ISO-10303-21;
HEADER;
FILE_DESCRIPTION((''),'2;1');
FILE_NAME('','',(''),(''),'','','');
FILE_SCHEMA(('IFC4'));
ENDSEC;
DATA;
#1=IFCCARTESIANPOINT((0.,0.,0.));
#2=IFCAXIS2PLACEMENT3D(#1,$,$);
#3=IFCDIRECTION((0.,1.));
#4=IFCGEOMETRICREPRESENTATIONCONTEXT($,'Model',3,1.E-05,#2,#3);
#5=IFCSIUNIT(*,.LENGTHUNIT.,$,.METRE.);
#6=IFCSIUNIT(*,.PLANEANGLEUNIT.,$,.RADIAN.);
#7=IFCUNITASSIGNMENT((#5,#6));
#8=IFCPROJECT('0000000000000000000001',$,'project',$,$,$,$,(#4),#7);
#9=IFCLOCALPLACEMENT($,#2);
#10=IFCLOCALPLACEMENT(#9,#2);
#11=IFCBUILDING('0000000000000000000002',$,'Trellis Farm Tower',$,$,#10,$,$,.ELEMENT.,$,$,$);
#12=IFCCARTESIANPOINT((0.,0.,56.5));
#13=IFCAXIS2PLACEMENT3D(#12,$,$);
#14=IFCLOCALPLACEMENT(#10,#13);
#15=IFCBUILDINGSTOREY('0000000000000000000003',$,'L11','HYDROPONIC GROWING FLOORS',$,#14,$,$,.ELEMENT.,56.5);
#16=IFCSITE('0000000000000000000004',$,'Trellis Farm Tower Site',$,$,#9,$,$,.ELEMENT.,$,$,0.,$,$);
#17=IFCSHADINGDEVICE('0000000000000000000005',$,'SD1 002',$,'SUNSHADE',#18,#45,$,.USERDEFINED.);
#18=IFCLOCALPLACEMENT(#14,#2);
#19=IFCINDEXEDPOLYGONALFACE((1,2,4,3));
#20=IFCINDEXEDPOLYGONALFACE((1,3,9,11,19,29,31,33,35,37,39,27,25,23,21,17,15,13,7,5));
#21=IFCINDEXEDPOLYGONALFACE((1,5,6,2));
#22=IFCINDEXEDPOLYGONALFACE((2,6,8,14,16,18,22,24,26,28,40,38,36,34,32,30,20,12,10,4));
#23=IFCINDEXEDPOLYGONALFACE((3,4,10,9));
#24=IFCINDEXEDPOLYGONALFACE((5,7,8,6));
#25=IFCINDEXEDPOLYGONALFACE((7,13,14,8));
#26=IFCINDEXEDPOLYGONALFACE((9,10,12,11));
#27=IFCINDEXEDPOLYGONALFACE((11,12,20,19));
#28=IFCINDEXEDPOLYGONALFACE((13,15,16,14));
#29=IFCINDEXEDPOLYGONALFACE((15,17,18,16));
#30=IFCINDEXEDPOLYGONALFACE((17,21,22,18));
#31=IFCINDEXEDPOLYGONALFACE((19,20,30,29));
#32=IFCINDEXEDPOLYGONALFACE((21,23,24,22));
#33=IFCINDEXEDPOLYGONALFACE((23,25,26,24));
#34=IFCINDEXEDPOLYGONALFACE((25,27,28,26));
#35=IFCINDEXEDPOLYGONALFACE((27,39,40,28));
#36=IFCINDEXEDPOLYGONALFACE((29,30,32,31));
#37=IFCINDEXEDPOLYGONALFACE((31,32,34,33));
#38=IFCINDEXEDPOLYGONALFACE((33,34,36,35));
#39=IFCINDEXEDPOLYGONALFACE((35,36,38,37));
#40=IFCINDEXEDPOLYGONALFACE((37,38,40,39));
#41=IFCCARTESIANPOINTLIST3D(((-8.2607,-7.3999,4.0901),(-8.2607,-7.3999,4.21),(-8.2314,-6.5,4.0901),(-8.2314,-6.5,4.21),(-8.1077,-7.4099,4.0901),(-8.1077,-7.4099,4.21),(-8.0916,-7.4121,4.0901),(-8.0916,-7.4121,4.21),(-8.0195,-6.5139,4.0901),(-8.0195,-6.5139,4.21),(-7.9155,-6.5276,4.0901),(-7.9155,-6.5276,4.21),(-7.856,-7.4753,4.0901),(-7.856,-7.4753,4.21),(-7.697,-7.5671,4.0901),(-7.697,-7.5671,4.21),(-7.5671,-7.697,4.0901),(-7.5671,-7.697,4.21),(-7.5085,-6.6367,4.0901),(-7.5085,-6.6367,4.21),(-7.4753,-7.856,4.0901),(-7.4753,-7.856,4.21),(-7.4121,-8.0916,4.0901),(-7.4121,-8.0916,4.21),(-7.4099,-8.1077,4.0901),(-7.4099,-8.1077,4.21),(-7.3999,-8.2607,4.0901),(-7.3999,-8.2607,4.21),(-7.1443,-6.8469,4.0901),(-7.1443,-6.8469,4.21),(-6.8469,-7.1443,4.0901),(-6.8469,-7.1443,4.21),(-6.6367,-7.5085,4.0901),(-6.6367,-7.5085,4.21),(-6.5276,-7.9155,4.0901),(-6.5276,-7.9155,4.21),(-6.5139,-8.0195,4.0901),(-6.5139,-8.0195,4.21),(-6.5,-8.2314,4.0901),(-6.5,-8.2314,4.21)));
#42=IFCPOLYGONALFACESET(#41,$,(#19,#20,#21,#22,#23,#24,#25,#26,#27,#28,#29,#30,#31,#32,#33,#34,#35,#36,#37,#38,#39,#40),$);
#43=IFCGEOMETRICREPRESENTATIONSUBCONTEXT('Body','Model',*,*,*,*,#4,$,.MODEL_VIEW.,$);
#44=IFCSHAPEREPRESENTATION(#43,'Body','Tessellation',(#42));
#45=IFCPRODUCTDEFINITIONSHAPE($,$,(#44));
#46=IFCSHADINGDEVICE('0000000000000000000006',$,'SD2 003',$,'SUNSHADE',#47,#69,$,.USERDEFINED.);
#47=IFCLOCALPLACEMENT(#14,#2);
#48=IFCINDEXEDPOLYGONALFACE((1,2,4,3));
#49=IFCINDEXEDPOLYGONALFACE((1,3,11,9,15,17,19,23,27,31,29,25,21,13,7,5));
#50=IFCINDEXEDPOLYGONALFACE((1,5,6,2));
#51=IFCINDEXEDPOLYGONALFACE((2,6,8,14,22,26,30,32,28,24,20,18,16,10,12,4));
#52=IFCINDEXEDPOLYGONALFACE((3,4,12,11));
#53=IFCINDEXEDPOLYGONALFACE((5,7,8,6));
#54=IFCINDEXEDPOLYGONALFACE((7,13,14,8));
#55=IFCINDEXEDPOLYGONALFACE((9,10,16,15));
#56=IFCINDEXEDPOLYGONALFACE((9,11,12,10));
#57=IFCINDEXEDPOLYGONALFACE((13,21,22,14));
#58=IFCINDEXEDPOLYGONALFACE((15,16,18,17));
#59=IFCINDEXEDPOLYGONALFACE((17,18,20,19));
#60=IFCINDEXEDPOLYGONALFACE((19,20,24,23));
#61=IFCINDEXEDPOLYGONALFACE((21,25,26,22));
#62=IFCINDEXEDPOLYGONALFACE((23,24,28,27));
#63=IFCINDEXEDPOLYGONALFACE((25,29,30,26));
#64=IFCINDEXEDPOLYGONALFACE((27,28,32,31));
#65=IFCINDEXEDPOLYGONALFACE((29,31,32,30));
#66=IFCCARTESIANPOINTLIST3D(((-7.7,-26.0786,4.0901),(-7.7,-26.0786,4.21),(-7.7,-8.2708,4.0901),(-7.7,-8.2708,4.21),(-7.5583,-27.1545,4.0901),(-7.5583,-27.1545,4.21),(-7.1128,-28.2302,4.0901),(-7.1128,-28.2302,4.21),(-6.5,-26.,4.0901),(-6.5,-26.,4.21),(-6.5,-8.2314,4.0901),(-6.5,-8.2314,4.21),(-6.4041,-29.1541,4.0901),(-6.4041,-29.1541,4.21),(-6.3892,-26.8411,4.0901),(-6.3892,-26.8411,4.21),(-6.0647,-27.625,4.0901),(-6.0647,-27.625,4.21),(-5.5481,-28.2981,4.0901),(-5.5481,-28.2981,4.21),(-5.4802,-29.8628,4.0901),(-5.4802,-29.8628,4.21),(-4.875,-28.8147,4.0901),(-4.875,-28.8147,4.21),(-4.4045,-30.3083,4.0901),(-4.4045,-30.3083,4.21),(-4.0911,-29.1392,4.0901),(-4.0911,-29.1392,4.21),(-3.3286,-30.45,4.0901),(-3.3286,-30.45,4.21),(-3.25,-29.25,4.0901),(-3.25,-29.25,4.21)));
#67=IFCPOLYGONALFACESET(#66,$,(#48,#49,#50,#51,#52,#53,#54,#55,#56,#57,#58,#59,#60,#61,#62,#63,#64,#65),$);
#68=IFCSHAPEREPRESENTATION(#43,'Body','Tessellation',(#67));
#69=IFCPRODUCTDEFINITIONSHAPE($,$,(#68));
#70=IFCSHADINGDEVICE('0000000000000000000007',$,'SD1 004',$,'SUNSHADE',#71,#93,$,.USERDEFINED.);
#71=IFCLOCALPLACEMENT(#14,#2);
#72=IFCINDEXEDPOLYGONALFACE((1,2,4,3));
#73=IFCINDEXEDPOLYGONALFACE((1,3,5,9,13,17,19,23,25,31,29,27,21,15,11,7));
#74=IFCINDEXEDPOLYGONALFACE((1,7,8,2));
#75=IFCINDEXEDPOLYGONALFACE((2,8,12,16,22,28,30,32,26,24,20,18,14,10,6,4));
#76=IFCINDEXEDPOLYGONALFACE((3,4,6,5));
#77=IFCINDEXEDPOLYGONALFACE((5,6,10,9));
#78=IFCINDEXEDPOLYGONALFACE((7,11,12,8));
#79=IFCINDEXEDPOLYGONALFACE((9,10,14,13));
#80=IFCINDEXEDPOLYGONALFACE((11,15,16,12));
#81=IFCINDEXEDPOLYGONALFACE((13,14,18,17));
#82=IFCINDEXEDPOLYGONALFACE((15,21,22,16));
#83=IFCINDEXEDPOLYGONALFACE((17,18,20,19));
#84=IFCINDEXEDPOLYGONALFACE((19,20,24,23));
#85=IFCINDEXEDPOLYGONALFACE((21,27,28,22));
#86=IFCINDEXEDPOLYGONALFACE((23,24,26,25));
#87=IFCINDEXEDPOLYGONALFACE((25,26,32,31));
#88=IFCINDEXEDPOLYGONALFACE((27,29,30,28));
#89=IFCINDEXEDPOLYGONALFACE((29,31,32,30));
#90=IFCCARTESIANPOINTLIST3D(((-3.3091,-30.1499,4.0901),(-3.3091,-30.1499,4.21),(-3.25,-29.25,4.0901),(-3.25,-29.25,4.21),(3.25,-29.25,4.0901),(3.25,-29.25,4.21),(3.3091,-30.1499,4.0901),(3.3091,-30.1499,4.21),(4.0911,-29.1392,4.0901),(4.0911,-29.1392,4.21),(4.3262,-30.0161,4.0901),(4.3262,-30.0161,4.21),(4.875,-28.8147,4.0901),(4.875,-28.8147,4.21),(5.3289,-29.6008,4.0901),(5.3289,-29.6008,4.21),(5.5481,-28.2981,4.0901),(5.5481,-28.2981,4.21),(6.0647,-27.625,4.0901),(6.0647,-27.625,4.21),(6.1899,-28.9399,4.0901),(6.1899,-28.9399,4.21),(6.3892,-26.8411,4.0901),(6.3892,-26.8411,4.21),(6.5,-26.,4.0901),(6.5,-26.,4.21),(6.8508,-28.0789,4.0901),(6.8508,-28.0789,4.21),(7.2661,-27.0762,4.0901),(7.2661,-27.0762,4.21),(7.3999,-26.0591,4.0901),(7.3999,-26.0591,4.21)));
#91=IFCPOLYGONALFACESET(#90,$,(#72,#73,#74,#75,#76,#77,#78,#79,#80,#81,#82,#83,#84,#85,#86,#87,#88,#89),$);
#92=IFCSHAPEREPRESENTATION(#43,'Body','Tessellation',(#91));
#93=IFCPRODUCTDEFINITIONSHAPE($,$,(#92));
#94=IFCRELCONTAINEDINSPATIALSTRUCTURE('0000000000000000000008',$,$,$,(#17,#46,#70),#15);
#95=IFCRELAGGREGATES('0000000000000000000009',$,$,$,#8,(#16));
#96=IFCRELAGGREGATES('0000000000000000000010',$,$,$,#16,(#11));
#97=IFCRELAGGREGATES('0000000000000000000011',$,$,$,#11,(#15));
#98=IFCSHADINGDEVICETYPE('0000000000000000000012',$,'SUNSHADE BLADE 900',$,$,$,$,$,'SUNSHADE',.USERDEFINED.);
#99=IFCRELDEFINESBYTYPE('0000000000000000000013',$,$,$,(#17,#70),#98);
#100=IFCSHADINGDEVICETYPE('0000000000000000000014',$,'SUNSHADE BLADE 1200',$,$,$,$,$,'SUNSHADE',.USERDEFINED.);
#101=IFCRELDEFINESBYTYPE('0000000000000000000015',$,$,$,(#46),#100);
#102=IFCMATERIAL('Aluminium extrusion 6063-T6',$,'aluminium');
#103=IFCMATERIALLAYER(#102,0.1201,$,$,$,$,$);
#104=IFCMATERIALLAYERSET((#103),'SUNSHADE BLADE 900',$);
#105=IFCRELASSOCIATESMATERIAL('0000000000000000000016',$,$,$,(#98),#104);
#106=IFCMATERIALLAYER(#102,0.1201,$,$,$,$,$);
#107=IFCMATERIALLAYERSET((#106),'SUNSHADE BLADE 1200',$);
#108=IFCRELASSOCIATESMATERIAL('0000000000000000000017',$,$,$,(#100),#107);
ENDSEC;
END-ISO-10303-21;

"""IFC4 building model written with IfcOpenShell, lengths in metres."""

from ifc_helpers import new_model, si_unit, direction, frame, origin, place, context, subcontext, project, spatial, polyline, outline, extrude, source, transform, mapped, material, layer, layer_set, type_object, element, save


model = new_model("IFC4")

# Units and contexts
model_context = context("Model", 3, precision=1e-05, world=origin(), true_north=direction((0.0, 1.0)))
body_context = subcontext(model_context, "Body", "Model", "MODEL_VIEW")
ifc_project = project(units=[si_unit("LENGTHUNIT", "METRE"), si_unit("PLANEANGLEUNIT", "RADIAN")], contexts=[model_context])

# Site, building, storey
site_placement = place(None, origin())
site = spatial("IfcSite", under=ifc_project, at=site_placement, Name="Trellis Farm Tower Site", CompositionType="ELEMENT", RefElevation=0.0)
building_placement = place(site_placement, origin())
building = spatial("IfcBuilding", under=site, at=building_placement, Name="Trellis Farm Tower", CompositionType="ELEMENT")
storey_placement = place(building_placement, frame((0.0, 0.0, 56.5)))
storey = spatial("IfcBuildingStorey", under=building, at=storey_placement, Name="L11", Description="HYDROPONIC GROWING FLOORS", CompositionType="ELEMENT", Elevation=56.5)

# Shared definitions
ifc_material_1 = material(Name="Aluminium extrusion 6063-T6", Category="aluminium")

# Shading devices
ifc_layer_1 = layer(ifc_material_1, 0.1201)
ifc_layer_set_1 = layer_set([ifc_layer_1], Name="SUNSHADE BLADE 900")
shading_device_type_1 = type_object("IfcShadingDeviceType", Name="SUNSHADE BLADE 900", ElementType="SUNSHADE", PredefinedType="USERDEFINED", material=ifc_layer_set_1)
placement_1 = place(storey_placement, frame((0.0, 0.0, 4.0901)))
shared_shape_1 = source(origin(), body_context, "Body", "SweptSolid", [
    extrude(outline(polyline([(-8.2607, -7.3999), (-8.1077, -7.4099), (-8.0916, -7.4121), (-7.856, -7.4753), (-7.697, -7.5671), (-7.5671, -7.697), (-7.4753, -7.856), (-7.4121, -8.0916), (-7.4099, -8.1077), (-7.3999, -8.2607), (-6.5, -8.2314), (-6.5139, -8.0195), (-6.5276, -7.9155), (-6.6367, -7.5085), (-6.8469, -7.1443), (-7.1443, -6.8469), (-7.5085, -6.6367), (-7.9155, -6.5276), (-8.0195, -6.5139), (-8.2314, -6.5), (-8.2607, -7.3999)])), origin(), (0.0, 0.0, 1.0), 0.1199),
])
element("IfcShadingDevice", 1, at=placement_1, inside=storey, type_object=shading_device_type_1, Name="SD1 002", ObjectType="SUNSHADE", PredefinedType="USERDEFINED", context=body_context, shape_type="MappedRepresentation", body=[
    mapped(shared_shape_1, transform((0.0, 0.0, 0.0))),
])
ifc_layer_2 = layer(ifc_material_1, 0.1201)
ifc_layer_set_2 = layer_set([ifc_layer_2], Name="SUNSHADE BLADE 1200")
shading_device_type_2 = type_object("IfcShadingDeviceType", Name="SUNSHADE BLADE 1200", ElementType="SUNSHADE", PredefinedType="USERDEFINED", material=ifc_layer_set_2)
shared_shape_2 = source(origin(), body_context, "Body", "SweptSolid", [
    extrude(outline(polyline([(-7.7, -8.2708), (-7.7, -26.0786), (-7.5583, -27.1545), (-7.1128, -28.2302), (-6.4041, -29.1541), (-5.4802, -29.8628), (-4.4045, -30.3083), (-3.3286, -30.45), (-3.25, -29.25), (-4.0911, -29.1392), (-4.875, -28.8147), (-5.5481, -28.2981), (-6.0647, -27.625), (-6.3892, -26.8411), (-6.5, -26.0), (-6.5, -8.2314), (-7.7, -8.2708)])), origin(), (0.0, 0.0, 1.0), 0.1199),
])
element("IfcShadingDevice", 2, at=placement_1, inside=storey, type_object=shading_device_type_2, Name="SD2 003", ObjectType="SUNSHADE", PredefinedType="USERDEFINED", context=body_context, shape_type="MappedRepresentation", body=[
    mapped(shared_shape_2, transform((0.0, 0.0, 0.0))),
])
shared_shape_3 = source(origin(), body_context, "Body", "SweptSolid", [
    extrude(outline(polyline([(-3.3091, -30.1499), (3.3091, -30.1499), (4.3262, -30.0161), (5.3289, -29.6008), (6.1899, -28.9399), (6.8508, -28.0789), (7.2661, -27.0762), (7.3999, -26.0591), (6.5, -26.0), (6.3892, -26.8411), (6.0647, -27.625), (5.5481, -28.2981), (4.875, -28.8147), (4.0911, -29.1392), (3.25, -29.25), (-3.25, -29.25), (-3.3091, -30.1499)])), origin(), (0.0, 0.0, 1.0), 0.1199),
])
element("IfcShadingDevice", 3, at=placement_1, inside=storey, type_object=shading_device_type_1, Name="SD1 004", ObjectType="SUNSHADE", PredefinedType="USERDEFINED", context=body_context, shape_type="MappedRepresentation", body=[
    mapped(shared_shape_3, transform((0.0, 0.0, 0.0))),
])

save(model, "model.ifc")
